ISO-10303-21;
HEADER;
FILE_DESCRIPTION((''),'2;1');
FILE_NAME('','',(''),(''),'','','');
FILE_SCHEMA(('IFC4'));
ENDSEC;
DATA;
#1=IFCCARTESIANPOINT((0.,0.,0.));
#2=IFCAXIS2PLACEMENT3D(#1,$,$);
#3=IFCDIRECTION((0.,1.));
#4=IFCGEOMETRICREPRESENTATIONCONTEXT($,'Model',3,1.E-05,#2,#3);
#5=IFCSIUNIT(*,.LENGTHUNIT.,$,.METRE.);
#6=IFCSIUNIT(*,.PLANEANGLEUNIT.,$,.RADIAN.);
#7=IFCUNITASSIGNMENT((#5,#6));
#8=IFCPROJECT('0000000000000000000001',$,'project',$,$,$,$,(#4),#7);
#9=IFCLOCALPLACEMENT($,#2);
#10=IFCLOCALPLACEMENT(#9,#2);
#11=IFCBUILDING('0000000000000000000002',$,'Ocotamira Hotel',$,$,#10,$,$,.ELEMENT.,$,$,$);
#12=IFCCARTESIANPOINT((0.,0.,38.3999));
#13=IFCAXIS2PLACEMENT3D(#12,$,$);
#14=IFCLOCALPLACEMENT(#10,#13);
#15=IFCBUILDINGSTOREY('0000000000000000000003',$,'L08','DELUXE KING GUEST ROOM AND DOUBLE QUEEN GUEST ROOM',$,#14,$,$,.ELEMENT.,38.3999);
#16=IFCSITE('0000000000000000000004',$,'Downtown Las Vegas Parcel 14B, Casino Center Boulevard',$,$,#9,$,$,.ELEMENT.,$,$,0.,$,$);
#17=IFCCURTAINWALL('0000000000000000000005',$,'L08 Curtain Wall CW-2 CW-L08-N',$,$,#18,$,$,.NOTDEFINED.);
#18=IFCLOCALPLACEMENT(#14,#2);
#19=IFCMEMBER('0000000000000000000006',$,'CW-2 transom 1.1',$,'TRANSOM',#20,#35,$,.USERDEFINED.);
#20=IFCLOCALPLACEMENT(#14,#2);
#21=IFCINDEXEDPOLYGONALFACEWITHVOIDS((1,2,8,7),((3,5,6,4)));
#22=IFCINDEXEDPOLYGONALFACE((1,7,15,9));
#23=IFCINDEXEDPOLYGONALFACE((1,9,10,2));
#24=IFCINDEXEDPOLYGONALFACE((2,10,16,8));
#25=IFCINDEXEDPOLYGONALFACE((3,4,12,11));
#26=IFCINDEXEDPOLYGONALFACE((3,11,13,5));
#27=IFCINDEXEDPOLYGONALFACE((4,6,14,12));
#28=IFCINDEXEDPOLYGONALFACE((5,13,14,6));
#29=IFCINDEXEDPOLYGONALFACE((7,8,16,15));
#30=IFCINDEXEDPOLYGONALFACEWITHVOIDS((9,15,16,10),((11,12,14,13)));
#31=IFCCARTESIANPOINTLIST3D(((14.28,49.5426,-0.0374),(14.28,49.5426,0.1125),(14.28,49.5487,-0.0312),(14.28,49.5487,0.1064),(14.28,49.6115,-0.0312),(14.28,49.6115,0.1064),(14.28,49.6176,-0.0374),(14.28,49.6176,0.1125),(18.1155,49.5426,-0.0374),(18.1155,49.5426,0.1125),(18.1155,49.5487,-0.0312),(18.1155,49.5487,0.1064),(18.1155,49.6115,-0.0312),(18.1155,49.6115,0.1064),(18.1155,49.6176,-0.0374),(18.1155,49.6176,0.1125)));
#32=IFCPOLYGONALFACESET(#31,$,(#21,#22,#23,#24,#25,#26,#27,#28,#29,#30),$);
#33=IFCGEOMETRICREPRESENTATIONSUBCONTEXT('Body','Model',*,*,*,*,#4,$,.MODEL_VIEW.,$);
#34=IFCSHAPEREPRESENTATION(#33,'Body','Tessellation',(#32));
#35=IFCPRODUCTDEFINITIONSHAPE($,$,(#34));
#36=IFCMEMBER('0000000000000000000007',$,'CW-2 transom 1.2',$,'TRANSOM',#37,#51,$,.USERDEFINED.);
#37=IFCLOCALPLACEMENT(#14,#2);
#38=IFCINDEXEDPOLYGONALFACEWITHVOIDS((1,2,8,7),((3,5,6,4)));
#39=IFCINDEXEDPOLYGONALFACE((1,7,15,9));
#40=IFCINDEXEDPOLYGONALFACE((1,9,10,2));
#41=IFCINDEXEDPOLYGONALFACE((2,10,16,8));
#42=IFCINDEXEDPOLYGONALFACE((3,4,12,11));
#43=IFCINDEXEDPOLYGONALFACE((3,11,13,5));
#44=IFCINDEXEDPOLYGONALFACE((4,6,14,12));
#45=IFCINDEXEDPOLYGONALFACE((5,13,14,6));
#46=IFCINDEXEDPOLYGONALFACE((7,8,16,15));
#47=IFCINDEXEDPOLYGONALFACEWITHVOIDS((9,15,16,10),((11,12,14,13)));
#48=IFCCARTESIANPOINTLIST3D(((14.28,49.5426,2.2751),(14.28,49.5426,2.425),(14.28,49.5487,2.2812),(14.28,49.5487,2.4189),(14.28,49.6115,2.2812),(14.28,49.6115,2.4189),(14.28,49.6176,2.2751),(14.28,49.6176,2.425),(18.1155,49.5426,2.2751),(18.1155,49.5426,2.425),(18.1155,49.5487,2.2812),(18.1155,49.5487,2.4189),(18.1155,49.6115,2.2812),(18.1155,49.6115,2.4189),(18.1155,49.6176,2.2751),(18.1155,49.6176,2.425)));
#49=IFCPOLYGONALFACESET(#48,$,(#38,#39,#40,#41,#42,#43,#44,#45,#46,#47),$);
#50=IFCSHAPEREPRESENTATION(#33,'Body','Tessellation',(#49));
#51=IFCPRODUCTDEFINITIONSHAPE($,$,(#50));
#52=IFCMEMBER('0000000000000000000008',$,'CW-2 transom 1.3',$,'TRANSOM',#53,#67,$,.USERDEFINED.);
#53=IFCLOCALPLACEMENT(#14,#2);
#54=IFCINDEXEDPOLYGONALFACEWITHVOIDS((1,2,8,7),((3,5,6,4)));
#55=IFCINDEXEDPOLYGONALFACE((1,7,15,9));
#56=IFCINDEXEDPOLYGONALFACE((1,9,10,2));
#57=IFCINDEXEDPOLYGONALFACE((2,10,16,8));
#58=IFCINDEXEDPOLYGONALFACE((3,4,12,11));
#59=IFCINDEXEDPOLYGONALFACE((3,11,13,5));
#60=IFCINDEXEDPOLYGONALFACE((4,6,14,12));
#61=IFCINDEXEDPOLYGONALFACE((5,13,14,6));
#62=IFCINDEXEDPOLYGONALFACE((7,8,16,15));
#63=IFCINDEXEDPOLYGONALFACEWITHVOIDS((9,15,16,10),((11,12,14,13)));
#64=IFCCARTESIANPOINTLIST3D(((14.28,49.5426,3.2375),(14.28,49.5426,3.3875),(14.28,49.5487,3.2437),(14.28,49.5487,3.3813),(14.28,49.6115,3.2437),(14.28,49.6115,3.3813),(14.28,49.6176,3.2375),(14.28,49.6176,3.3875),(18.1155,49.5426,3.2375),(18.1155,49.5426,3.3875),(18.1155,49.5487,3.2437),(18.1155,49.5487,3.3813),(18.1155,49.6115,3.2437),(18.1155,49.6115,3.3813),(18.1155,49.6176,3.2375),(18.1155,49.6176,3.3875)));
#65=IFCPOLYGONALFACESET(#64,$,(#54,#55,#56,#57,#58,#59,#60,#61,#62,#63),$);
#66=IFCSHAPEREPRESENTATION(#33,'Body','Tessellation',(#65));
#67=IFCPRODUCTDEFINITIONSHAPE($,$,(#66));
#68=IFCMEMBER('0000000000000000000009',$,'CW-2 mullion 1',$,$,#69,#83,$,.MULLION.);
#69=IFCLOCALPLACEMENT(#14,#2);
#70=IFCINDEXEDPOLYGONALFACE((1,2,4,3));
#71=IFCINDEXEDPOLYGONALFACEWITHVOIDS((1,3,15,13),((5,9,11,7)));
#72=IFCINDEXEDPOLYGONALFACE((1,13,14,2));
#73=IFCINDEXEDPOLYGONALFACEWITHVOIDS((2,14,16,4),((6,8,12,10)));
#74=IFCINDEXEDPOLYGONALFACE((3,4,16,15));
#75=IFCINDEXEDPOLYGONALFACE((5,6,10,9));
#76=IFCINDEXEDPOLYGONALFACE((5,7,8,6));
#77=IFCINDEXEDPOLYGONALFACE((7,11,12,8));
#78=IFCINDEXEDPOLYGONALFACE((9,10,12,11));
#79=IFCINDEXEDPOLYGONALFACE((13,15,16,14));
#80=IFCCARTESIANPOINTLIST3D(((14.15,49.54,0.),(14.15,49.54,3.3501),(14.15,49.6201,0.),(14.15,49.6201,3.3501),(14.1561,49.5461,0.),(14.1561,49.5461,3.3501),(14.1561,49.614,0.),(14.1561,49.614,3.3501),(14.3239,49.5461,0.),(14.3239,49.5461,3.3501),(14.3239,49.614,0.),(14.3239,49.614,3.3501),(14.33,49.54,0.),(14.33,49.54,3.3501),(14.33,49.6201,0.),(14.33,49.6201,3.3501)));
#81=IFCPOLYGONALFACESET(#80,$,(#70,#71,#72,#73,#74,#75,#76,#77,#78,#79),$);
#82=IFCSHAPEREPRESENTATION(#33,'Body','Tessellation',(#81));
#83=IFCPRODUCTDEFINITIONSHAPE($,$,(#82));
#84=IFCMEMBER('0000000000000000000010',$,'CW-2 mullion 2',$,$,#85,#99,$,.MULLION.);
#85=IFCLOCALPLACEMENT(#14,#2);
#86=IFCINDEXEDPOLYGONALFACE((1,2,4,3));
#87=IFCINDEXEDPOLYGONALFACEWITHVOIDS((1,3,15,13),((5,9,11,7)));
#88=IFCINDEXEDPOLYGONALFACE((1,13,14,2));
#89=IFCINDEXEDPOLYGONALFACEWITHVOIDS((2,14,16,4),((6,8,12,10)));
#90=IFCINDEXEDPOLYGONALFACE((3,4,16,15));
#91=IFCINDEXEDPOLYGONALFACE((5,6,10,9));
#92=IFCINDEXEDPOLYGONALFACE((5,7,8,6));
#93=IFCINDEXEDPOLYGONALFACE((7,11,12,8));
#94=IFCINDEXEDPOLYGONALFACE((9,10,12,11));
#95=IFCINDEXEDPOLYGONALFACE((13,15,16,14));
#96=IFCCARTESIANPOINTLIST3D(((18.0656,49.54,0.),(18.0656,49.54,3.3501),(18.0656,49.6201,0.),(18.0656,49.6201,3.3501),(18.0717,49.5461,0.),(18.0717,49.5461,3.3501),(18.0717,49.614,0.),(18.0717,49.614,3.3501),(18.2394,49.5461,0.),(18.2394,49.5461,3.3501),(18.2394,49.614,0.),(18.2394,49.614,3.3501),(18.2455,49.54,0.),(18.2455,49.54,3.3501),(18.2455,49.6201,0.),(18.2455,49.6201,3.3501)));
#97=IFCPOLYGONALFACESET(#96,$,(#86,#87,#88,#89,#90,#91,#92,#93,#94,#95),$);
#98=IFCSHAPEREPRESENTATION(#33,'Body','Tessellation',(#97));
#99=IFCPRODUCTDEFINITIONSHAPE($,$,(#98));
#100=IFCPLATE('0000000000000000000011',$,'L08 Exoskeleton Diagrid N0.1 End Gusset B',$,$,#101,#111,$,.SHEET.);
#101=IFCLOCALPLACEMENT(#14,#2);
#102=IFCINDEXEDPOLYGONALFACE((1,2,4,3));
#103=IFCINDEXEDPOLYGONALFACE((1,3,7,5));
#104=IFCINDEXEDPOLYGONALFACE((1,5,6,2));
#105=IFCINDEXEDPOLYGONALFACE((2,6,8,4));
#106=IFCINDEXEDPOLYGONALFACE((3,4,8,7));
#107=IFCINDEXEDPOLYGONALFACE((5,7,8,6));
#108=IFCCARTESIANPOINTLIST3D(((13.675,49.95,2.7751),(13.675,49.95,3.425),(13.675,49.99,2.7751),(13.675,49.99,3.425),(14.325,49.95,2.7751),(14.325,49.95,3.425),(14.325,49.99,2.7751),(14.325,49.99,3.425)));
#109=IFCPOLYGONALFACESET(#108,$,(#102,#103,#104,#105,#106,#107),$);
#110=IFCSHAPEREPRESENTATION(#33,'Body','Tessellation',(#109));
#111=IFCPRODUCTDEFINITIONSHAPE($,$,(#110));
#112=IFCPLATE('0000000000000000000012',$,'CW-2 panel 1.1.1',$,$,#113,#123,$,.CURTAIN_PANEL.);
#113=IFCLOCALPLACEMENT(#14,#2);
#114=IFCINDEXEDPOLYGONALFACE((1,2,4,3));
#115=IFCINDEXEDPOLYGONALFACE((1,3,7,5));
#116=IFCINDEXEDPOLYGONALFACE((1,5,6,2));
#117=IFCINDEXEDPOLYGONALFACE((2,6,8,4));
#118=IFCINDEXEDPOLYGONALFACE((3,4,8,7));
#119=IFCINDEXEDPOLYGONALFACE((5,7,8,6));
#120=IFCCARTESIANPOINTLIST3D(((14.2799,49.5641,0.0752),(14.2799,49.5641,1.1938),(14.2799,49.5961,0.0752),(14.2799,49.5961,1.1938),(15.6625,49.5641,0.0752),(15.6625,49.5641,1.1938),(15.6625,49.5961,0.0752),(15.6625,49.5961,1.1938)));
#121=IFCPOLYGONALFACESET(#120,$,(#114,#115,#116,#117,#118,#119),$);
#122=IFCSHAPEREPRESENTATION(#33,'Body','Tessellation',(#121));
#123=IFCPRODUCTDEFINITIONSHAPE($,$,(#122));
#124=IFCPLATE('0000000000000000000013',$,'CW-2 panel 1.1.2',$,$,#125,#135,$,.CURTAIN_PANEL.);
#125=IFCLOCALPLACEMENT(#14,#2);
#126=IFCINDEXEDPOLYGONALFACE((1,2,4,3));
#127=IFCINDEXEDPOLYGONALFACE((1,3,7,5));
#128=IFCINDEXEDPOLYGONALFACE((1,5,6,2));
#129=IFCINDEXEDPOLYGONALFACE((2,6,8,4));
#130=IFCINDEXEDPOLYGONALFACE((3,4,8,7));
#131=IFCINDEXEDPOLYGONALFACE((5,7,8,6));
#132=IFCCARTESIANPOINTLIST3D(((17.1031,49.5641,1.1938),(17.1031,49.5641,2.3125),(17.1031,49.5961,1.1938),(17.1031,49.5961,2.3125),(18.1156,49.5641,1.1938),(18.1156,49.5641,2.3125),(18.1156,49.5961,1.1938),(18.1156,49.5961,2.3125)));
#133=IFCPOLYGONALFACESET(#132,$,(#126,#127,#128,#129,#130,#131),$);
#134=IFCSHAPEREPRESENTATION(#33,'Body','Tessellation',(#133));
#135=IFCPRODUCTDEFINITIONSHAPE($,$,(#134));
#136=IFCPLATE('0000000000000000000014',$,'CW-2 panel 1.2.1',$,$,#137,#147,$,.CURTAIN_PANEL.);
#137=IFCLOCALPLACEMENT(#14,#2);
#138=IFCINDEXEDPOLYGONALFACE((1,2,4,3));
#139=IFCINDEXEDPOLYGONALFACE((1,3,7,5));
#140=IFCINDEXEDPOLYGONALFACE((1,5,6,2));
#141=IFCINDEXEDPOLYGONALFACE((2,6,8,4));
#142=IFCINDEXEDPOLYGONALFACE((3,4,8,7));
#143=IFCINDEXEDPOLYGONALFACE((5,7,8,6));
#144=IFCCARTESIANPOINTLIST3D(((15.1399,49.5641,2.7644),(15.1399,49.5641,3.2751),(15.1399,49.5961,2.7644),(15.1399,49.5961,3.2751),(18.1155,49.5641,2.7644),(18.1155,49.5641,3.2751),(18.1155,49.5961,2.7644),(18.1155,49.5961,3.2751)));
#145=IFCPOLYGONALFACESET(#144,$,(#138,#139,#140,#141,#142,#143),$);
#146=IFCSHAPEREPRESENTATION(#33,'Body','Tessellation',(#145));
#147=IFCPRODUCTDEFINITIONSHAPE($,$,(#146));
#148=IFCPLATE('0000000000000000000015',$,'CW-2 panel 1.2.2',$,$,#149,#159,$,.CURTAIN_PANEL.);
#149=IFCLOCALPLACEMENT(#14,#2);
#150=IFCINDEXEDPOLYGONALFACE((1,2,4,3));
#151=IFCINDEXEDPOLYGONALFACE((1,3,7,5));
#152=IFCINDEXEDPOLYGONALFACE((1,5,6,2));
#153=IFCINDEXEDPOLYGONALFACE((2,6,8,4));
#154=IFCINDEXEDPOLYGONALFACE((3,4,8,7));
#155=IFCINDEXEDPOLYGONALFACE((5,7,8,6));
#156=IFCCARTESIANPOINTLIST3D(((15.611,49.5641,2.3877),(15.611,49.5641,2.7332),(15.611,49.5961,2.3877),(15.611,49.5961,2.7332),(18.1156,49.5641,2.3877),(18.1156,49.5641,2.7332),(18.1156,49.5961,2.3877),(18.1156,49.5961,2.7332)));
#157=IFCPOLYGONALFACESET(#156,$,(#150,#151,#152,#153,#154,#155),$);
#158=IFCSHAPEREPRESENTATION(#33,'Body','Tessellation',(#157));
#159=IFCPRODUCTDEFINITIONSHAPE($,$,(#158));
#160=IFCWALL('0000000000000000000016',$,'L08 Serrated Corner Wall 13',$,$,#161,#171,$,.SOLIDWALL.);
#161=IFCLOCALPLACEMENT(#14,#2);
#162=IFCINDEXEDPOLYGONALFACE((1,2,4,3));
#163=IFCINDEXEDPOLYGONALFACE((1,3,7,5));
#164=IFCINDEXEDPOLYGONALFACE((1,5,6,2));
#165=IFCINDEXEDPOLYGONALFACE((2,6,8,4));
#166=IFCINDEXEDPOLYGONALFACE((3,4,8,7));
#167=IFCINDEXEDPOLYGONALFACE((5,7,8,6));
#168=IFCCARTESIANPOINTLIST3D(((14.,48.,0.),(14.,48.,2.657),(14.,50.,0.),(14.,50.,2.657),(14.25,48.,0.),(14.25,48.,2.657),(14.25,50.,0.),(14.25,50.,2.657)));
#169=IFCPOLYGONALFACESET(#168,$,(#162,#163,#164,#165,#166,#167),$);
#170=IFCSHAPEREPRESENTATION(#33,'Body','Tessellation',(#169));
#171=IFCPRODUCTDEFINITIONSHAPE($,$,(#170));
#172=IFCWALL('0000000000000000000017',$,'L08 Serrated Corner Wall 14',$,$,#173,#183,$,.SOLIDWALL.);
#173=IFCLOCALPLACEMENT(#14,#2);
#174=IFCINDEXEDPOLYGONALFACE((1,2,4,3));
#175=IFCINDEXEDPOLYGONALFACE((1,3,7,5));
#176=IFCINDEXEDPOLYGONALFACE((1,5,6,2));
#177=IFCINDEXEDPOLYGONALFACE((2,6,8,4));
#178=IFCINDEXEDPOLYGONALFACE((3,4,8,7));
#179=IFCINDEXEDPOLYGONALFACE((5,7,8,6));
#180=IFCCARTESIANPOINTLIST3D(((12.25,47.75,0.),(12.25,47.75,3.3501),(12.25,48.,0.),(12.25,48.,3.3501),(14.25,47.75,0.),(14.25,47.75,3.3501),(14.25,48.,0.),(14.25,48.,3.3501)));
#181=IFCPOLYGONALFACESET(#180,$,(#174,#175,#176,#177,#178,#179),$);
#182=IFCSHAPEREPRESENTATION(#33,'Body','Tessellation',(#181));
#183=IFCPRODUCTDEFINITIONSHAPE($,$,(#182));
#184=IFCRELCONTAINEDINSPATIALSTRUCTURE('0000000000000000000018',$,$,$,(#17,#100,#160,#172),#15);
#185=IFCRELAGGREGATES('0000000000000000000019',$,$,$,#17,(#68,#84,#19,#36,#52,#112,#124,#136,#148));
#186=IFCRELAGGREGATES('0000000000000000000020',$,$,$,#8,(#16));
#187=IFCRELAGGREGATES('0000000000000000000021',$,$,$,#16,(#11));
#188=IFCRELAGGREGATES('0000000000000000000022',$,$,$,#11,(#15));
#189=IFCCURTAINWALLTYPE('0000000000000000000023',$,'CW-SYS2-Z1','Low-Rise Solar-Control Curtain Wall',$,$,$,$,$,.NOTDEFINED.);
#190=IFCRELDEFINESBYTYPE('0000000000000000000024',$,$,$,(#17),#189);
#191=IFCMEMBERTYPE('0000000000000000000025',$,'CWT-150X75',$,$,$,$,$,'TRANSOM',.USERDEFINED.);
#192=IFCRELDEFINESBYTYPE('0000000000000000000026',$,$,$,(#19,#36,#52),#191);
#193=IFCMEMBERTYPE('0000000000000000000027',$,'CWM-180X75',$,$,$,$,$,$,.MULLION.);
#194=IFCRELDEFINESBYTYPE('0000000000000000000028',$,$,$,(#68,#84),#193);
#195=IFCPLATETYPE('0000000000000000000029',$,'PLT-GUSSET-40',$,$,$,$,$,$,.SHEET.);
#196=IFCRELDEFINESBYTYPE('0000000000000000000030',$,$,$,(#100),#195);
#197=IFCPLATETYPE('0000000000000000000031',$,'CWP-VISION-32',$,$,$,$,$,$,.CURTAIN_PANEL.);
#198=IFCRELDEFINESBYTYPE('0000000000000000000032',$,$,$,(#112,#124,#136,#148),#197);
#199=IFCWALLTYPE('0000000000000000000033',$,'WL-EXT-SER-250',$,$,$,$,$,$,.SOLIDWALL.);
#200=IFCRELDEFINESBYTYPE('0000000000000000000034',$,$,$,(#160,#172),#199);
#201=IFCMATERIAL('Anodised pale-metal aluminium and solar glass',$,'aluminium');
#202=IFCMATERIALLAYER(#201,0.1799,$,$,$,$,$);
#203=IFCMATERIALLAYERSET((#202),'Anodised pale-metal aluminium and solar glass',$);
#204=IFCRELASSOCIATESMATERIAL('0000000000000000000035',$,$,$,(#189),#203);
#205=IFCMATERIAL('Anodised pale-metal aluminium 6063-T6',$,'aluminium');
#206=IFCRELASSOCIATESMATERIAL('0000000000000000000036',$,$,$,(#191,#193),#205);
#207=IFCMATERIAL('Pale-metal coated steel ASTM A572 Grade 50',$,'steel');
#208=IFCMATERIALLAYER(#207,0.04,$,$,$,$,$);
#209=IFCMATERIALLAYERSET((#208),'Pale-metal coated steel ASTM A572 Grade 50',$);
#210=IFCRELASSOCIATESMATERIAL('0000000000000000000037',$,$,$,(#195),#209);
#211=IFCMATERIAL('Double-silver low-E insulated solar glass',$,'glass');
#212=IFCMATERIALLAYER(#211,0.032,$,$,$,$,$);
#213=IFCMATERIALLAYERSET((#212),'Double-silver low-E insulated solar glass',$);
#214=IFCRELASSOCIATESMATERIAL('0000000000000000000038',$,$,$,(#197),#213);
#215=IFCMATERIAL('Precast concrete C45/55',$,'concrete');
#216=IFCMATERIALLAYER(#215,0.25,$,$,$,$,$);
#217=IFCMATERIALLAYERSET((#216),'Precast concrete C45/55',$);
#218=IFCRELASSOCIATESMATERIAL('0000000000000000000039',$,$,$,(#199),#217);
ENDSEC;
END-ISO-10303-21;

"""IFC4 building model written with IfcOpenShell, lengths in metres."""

from ifc_helpers import new_model, si_unit, direction, frame, frame_2d, origin, origin_2d, place, context, subcontext, project, spatial, rectangle, hollow_rectangle, extrude, source, transform, mapped, material, layer, layer_set, material_profile, profile_set, type_object, element, aggregate, save


model = new_model("IFC4")

# Units and contexts
model_context = context("Model", 3, precision=1e-05, world=origin(), true_north=direction((0.0, 1.0)))
body_context = subcontext(model_context, "Body", "Model", "MODEL_VIEW")
ifc_project = project(units=[si_unit("LENGTHUNIT", "METRE"), si_unit("PLANEANGLEUNIT", "RADIAN")], contexts=[model_context])

# Site, building, storey
site_placement = place(None, origin())
site = spatial("IfcSite", under=ifc_project, at=site_placement, Name="Downtown Las Vegas Parcel 14B, Casino Center Boulevard", CompositionType="ELEMENT", RefElevation=0.0)
building_placement = place(site_placement, origin())
building = spatial("IfcBuilding", under=site, at=building_placement, Name="Ocotamira Hotel", CompositionType="ELEMENT")
storey_placement = place(building_placement, frame((0.0, 0.0, 38.3999)))
storey = spatial("IfcBuildingStorey", under=building, at=storey_placement, Name="L08", Description="DELUXE KING GUEST ROOM AND DOUBLE QUEEN GUEST ROOM", CompositionType="ELEMENT", Elevation=38.3999)

# Curtain wall, members
ifc_material_1 = material(Name="Anodised pale-metal aluminium and solar glass", Category="aluminium")
ifc_layer_1 = layer(ifc_material_1, 0.1799)
ifc_layer_set_1 = layer_set([ifc_layer_1], Name="Anodised pale-metal aluminium and solar glass")
curtain_wall_type = type_object("IfcCurtainWallType", Name="CW-SYS2-Z1", Description="Low-Rise Solar-Control Curtain Wall", PredefinedType="NOTDEFINED", material=ifc_layer_set_1)
curtain_wall_placement = place(storey_placement, origin())
curtain_wall = element("IfcCurtainWall", 1, at=curtain_wall_placement, inside=storey, type_object=curtain_wall_type, Name="L08 Curtain Wall CW-2 CW-L08-N", PredefinedType="NOTDEFINED")
ifc_material_2 = material(Name="Anodised pale-metal aluminium 6063-T6", Category="aluminium")
ifc_material_profile_1 = material_profile(ifc_material_2, hollow_rectangle(XDim=0.075, YDim=0.1499, WallThickness=0.0061, at=origin_2d()), Name="HSS150X75X6")
ifc_profile_set_1 = profile_set([ifc_material_profile_1], Name="Anodised pale-metal aluminium 6063-T6")
member_type_1 = type_object("IfcMemberType", Name="CWT-150X75", ElementType="TRANSOM", PredefinedType="USERDEFINED", material=ifc_profile_set_1)
shared_shape_1 = source(origin(), body_context, "Body", "SweptSolid", [
    extrude(hollow_rectangle(XDim=0.075, YDim=0.1499, WallThickness=0.0061, at=origin_2d()), origin(), (0.0, 0.0, 1.0), 3.8354),
])
member_1_placement = place(storey_placement, frame((14.28, 49.5801, 0.0376), z_axis=(1.0, 0.0, 0.0), x_axis=(0.0, 1.0, 0.0)))
member_1 = element("IfcMember", 2, at=member_1_placement, type_object=member_type_1, Name="CW-2 transom 1.1", ObjectType="TRANSOM", PredefinedType="USERDEFINED", context=body_context, shape_type="MappedRepresentation", body=[
    mapped(shared_shape_1, transform((0.0, 0.0, 0.0), scale=1.0)),
])
member_2_placement = place(storey_placement, frame((14.28, 49.5801, 2.3501), z_axis=(1.0, 0.0, 0.0), x_axis=(0.0, 1.0, 0.0)))
member_2 = element("IfcMember", 3, at=member_2_placement, type_object=member_type_1, Name="CW-2 transom 1.2", ObjectType="TRANSOM", PredefinedType="USERDEFINED", context=body_context, shape_type="MappedRepresentation", body=[
    mapped(shared_shape_1, transform((0.0, 0.0, 0.0), scale=1.0)),
])
member_3_placement = place(storey_placement, frame((14.28, 49.5801, 3.3125), z_axis=(1.0, 0.0, 0.0), x_axis=(0.0, 1.0, 0.0)))
member_3 = element("IfcMember", 4, at=member_3_placement, type_object=member_type_1, Name="CW-2 transom 1.3", ObjectType="TRANSOM", PredefinedType="USERDEFINED", context=body_context, shape_type="MappedRepresentation", body=[
    mapped(shared_shape_1, transform((0.0, 0.0, 0.0), scale=1.0)),
])
ifc_material_profile_2 = material_profile(ifc_material_2, hollow_rectangle(XDim=0.0801, YDim=0.1799, WallThickness=0.0061, at=origin_2d()), Name="HSS180X80X6")
ifc_profile_set_2 = profile_set([ifc_material_profile_2], Name="Anodised pale-metal aluminium 6063-T6")
member_type_2 = type_object("IfcMemberType", Name="CWM-180X75", PredefinedType="MULLION", material=ifc_profile_set_2)
shared_shape_2 = source(origin(), body_context, "Body", "SweptSolid", [
    extrude(hollow_rectangle(XDim=0.0801, YDim=0.1799, WallThickness=0.0061, at=origin_2d()), origin(), (0.0, 0.0, 1.0), 3.3501),
])
member_4_placement = place(storey_placement, frame((14.24, 49.5801, 0.0), z_axis=(0.0, 0.0, 1.0), x_axis=(0.0, 1.0, 0.0)))
member_4 = element("IfcMember", 5, at=member_4_placement, type_object=member_type_2, Name="CW-2 mullion 1", PredefinedType="MULLION", context=body_context, shape_type="MappedRepresentation", body=[
    mapped(shared_shape_2, transform((0.0, 0.0, 0.0), scale=1.0)),
])
member_5_placement = place(storey_placement, frame((18.1555, 49.5801, 0.0), z_axis=(0.0, 0.0, 1.0), x_axis=(0.0, 1.0, 0.0)))
member_5 = element("IfcMember", 6, at=member_5_placement, type_object=member_type_2, Name="CW-2 mullion 2", PredefinedType="MULLION", context=body_context, shape_type="MappedRepresentation", body=[
    mapped(shared_shape_2, transform((0.0, 0.0, 0.0), scale=1.0)),
])

# Plates
ifc_material_3 = material(Name="Pale-metal coated steel ASTM A572 Grade 50", Category="steel")
ifc_layer_2 = layer(ifc_material_3, 0.04)
ifc_layer_set_2 = layer_set([ifc_layer_2], Name="Pale-metal coated steel ASTM A572 Grade 50")
plate_type_1 = type_object("IfcPlateType", Name="PLT-GUSSET-40", PredefinedType="SHEET", material=ifc_layer_set_2)
shared_shape_3 = source(origin(), body_context, "Body", "SweptSolid", [
    extrude(rectangle(XDim=0.6499, YDim=0.04, at=origin_2d()), origin(), (0.0, 0.0, 1.0), 0.6499),
])
plate_1_placement = place(storey_placement, frame((14.0, 49.97, 2.7751), z_axis=(0.0, 0.0, 1.0), x_axis=(-1.0, 0.0, 0.0)))
element("IfcPlate", 7, at=plate_1_placement, inside=storey, type_object=plate_type_1, Name="L08 Exoskeleton Diagrid N0.1 End Gusset B", PredefinedType="SHEET", context=body_context, shape_type="MappedRepresentation", body=[
    mapped(shared_shape_3, transform((0.0, 0.0, 0.0), scale=1.0)),
])
ifc_material_4 = material(Name="Double-silver low-E insulated solar glass", Category="glass")
ifc_layer_3 = layer(ifc_material_4, 0.032)
ifc_layer_set_3 = layer_set([ifc_layer_3], Name="Double-silver low-E insulated solar glass")
plate_type_2 = type_object("IfcPlateType", Name="CWP-VISION-32", PredefinedType="CURTAIN_PANEL", material=ifc_layer_set_3)
shared_shape_4 = source(origin(), body_context, "Body", "SweptSolid", [
    extrude(rectangle(XDim=1.3826, YDim=0.032, at=origin_2d()), origin(), (0.0, 0.0, 1.0), 1.1187),
])
plate_2_placement = place(storey_placement, frame((14.9712, 49.5801, 0.0752), z_axis=(0.0, 0.0, 1.0), x_axis=(1.0, 0.0, 0.0)))
plate_2 = element("IfcPlate", 8, at=plate_2_placement, type_object=plate_type_2, Name="CW-2 panel 1.1.1", PredefinedType="CURTAIN_PANEL", context=body_context, shape_type="MappedRepresentation", body=[
    mapped(shared_shape_4, transform((0.0, 0.0, 0.0), scale=1.0)),
])
shared_shape_5 = source(origin(), body_context, "Body", "SweptSolid", [
    extrude(rectangle(XDim=1.0125, YDim=0.032, at=origin_2d()), origin(), (0.0, 0.0, 1.0), 1.1187),
])
plate_3_placement = place(storey_placement, frame((17.6094, 49.5801, 1.1938), z_axis=(0.0, 0.0, 1.0), x_axis=(1.0, 0.0, 0.0)))
plate_3 = element("IfcPlate", 9, at=plate_3_placement, type_object=plate_type_2, Name="CW-2 panel 1.1.2", PredefinedType="CURTAIN_PANEL", context=body_context, shape_type="MappedRepresentation", body=[
    mapped(shared_shape_5, transform((0.0, 0.0, 0.0), scale=1.0)),
])
shared_shape_6 = source(origin(), body_context, "Body", "SweptSolid", [
    extrude(rectangle(XDim=2.9756, YDim=0.032, at=origin_2d()), origin(), (0.0, 0.0, 1.0), 0.5107),
])
plate_4_placement = place(storey_placement, frame((16.6277, 49.5801, 2.7644), z_axis=(0.0, 0.0, 1.0), x_axis=(1.0, 0.0, 0.0)))
plate_4 = element("IfcPlate", 10, at=plate_4_placement, type_object=plate_type_2, Name="CW-2 panel 1.2.1", PredefinedType="CURTAIN_PANEL", context=body_context, shape_type="MappedRepresentation", body=[
    mapped(shared_shape_6, transform((0.0, 0.0, 0.0), scale=1.0)),
])
shared_shape_7 = source(origin(), body_context, "Body", "SweptSolid", [
    extrude(rectangle(XDim=2.5046, YDim=0.032, at=origin_2d()), origin(), (0.0, 0.0, 1.0), 0.3455),
])
plate_5_placement = place(storey_placement, frame((16.8633, 49.5801, 2.3877), z_axis=(0.0, 0.0, 1.0), x_axis=(1.0, 0.0, 0.0)))
plate_5 = element("IfcPlate", 11, at=plate_5_placement, type_object=plate_type_2, Name="CW-2 panel 1.2.2", PredefinedType="CURTAIN_PANEL", context=body_context, shape_type="MappedRepresentation", body=[
    mapped(shared_shape_7, transform((0.0, 0.0, 0.0), scale=1.0)),
])
aggregate(curtain_wall, [member_4, member_5, member_1, member_2, member_3, plate_2, plate_3, plate_4, plate_5])

# Walls
ifc_material_5 = material(Name="Precast concrete C45/55", Category="concrete")
ifc_layer_4 = layer(ifc_material_5, 0.25)
ifc_layer_set_4 = layer_set([ifc_layer_4], Name="Precast concrete C45/55")
wall_type_1 = type_object("IfcWallType", Name="WL-EXT-SER-250", PredefinedType="SOLIDWALL", material=ifc_layer_set_4)
wall_1_placement = place(storey_placement, frame((14.125, 50.0, 0.0), z_axis=(0.0, 0.0, 1.0), x_axis=(0.0, -1.0, 0.0)))
element("IfcWall", 12, at=wall_1_placement, inside=storey, type_object=wall_type_1, Name="L08 Serrated Corner Wall 13", PredefinedType="SOLIDWALL", context=body_context, shape_type="SweptSolid", body=[
    extrude(rectangle(XDim=2.0, YDim=0.25, at=frame_2d((1.0, 0.0))), origin(), (0.0, 0.0, 1.0), 2.657),
])
wall_2_placement = place(storey_placement, frame((14.25, 47.875, 0.0), z_axis=(0.0, 0.0, 1.0), x_axis=(-1.0, 0.0, 0.0)))
element("IfcWall", 13, at=wall_2_placement, inside=storey, type_object=wall_type_1, Name="L08 Serrated Corner Wall 14", PredefinedType="SOLIDWALL", context=body_context, shape_type="SweptSolid", body=[
    extrude(rectangle(XDim=2.0, YDim=0.25, at=frame_2d((1.0, 0.0))), origin(), (0.0, 0.0, 1.0), 3.3501),
])

save(model, "model.ifc")
